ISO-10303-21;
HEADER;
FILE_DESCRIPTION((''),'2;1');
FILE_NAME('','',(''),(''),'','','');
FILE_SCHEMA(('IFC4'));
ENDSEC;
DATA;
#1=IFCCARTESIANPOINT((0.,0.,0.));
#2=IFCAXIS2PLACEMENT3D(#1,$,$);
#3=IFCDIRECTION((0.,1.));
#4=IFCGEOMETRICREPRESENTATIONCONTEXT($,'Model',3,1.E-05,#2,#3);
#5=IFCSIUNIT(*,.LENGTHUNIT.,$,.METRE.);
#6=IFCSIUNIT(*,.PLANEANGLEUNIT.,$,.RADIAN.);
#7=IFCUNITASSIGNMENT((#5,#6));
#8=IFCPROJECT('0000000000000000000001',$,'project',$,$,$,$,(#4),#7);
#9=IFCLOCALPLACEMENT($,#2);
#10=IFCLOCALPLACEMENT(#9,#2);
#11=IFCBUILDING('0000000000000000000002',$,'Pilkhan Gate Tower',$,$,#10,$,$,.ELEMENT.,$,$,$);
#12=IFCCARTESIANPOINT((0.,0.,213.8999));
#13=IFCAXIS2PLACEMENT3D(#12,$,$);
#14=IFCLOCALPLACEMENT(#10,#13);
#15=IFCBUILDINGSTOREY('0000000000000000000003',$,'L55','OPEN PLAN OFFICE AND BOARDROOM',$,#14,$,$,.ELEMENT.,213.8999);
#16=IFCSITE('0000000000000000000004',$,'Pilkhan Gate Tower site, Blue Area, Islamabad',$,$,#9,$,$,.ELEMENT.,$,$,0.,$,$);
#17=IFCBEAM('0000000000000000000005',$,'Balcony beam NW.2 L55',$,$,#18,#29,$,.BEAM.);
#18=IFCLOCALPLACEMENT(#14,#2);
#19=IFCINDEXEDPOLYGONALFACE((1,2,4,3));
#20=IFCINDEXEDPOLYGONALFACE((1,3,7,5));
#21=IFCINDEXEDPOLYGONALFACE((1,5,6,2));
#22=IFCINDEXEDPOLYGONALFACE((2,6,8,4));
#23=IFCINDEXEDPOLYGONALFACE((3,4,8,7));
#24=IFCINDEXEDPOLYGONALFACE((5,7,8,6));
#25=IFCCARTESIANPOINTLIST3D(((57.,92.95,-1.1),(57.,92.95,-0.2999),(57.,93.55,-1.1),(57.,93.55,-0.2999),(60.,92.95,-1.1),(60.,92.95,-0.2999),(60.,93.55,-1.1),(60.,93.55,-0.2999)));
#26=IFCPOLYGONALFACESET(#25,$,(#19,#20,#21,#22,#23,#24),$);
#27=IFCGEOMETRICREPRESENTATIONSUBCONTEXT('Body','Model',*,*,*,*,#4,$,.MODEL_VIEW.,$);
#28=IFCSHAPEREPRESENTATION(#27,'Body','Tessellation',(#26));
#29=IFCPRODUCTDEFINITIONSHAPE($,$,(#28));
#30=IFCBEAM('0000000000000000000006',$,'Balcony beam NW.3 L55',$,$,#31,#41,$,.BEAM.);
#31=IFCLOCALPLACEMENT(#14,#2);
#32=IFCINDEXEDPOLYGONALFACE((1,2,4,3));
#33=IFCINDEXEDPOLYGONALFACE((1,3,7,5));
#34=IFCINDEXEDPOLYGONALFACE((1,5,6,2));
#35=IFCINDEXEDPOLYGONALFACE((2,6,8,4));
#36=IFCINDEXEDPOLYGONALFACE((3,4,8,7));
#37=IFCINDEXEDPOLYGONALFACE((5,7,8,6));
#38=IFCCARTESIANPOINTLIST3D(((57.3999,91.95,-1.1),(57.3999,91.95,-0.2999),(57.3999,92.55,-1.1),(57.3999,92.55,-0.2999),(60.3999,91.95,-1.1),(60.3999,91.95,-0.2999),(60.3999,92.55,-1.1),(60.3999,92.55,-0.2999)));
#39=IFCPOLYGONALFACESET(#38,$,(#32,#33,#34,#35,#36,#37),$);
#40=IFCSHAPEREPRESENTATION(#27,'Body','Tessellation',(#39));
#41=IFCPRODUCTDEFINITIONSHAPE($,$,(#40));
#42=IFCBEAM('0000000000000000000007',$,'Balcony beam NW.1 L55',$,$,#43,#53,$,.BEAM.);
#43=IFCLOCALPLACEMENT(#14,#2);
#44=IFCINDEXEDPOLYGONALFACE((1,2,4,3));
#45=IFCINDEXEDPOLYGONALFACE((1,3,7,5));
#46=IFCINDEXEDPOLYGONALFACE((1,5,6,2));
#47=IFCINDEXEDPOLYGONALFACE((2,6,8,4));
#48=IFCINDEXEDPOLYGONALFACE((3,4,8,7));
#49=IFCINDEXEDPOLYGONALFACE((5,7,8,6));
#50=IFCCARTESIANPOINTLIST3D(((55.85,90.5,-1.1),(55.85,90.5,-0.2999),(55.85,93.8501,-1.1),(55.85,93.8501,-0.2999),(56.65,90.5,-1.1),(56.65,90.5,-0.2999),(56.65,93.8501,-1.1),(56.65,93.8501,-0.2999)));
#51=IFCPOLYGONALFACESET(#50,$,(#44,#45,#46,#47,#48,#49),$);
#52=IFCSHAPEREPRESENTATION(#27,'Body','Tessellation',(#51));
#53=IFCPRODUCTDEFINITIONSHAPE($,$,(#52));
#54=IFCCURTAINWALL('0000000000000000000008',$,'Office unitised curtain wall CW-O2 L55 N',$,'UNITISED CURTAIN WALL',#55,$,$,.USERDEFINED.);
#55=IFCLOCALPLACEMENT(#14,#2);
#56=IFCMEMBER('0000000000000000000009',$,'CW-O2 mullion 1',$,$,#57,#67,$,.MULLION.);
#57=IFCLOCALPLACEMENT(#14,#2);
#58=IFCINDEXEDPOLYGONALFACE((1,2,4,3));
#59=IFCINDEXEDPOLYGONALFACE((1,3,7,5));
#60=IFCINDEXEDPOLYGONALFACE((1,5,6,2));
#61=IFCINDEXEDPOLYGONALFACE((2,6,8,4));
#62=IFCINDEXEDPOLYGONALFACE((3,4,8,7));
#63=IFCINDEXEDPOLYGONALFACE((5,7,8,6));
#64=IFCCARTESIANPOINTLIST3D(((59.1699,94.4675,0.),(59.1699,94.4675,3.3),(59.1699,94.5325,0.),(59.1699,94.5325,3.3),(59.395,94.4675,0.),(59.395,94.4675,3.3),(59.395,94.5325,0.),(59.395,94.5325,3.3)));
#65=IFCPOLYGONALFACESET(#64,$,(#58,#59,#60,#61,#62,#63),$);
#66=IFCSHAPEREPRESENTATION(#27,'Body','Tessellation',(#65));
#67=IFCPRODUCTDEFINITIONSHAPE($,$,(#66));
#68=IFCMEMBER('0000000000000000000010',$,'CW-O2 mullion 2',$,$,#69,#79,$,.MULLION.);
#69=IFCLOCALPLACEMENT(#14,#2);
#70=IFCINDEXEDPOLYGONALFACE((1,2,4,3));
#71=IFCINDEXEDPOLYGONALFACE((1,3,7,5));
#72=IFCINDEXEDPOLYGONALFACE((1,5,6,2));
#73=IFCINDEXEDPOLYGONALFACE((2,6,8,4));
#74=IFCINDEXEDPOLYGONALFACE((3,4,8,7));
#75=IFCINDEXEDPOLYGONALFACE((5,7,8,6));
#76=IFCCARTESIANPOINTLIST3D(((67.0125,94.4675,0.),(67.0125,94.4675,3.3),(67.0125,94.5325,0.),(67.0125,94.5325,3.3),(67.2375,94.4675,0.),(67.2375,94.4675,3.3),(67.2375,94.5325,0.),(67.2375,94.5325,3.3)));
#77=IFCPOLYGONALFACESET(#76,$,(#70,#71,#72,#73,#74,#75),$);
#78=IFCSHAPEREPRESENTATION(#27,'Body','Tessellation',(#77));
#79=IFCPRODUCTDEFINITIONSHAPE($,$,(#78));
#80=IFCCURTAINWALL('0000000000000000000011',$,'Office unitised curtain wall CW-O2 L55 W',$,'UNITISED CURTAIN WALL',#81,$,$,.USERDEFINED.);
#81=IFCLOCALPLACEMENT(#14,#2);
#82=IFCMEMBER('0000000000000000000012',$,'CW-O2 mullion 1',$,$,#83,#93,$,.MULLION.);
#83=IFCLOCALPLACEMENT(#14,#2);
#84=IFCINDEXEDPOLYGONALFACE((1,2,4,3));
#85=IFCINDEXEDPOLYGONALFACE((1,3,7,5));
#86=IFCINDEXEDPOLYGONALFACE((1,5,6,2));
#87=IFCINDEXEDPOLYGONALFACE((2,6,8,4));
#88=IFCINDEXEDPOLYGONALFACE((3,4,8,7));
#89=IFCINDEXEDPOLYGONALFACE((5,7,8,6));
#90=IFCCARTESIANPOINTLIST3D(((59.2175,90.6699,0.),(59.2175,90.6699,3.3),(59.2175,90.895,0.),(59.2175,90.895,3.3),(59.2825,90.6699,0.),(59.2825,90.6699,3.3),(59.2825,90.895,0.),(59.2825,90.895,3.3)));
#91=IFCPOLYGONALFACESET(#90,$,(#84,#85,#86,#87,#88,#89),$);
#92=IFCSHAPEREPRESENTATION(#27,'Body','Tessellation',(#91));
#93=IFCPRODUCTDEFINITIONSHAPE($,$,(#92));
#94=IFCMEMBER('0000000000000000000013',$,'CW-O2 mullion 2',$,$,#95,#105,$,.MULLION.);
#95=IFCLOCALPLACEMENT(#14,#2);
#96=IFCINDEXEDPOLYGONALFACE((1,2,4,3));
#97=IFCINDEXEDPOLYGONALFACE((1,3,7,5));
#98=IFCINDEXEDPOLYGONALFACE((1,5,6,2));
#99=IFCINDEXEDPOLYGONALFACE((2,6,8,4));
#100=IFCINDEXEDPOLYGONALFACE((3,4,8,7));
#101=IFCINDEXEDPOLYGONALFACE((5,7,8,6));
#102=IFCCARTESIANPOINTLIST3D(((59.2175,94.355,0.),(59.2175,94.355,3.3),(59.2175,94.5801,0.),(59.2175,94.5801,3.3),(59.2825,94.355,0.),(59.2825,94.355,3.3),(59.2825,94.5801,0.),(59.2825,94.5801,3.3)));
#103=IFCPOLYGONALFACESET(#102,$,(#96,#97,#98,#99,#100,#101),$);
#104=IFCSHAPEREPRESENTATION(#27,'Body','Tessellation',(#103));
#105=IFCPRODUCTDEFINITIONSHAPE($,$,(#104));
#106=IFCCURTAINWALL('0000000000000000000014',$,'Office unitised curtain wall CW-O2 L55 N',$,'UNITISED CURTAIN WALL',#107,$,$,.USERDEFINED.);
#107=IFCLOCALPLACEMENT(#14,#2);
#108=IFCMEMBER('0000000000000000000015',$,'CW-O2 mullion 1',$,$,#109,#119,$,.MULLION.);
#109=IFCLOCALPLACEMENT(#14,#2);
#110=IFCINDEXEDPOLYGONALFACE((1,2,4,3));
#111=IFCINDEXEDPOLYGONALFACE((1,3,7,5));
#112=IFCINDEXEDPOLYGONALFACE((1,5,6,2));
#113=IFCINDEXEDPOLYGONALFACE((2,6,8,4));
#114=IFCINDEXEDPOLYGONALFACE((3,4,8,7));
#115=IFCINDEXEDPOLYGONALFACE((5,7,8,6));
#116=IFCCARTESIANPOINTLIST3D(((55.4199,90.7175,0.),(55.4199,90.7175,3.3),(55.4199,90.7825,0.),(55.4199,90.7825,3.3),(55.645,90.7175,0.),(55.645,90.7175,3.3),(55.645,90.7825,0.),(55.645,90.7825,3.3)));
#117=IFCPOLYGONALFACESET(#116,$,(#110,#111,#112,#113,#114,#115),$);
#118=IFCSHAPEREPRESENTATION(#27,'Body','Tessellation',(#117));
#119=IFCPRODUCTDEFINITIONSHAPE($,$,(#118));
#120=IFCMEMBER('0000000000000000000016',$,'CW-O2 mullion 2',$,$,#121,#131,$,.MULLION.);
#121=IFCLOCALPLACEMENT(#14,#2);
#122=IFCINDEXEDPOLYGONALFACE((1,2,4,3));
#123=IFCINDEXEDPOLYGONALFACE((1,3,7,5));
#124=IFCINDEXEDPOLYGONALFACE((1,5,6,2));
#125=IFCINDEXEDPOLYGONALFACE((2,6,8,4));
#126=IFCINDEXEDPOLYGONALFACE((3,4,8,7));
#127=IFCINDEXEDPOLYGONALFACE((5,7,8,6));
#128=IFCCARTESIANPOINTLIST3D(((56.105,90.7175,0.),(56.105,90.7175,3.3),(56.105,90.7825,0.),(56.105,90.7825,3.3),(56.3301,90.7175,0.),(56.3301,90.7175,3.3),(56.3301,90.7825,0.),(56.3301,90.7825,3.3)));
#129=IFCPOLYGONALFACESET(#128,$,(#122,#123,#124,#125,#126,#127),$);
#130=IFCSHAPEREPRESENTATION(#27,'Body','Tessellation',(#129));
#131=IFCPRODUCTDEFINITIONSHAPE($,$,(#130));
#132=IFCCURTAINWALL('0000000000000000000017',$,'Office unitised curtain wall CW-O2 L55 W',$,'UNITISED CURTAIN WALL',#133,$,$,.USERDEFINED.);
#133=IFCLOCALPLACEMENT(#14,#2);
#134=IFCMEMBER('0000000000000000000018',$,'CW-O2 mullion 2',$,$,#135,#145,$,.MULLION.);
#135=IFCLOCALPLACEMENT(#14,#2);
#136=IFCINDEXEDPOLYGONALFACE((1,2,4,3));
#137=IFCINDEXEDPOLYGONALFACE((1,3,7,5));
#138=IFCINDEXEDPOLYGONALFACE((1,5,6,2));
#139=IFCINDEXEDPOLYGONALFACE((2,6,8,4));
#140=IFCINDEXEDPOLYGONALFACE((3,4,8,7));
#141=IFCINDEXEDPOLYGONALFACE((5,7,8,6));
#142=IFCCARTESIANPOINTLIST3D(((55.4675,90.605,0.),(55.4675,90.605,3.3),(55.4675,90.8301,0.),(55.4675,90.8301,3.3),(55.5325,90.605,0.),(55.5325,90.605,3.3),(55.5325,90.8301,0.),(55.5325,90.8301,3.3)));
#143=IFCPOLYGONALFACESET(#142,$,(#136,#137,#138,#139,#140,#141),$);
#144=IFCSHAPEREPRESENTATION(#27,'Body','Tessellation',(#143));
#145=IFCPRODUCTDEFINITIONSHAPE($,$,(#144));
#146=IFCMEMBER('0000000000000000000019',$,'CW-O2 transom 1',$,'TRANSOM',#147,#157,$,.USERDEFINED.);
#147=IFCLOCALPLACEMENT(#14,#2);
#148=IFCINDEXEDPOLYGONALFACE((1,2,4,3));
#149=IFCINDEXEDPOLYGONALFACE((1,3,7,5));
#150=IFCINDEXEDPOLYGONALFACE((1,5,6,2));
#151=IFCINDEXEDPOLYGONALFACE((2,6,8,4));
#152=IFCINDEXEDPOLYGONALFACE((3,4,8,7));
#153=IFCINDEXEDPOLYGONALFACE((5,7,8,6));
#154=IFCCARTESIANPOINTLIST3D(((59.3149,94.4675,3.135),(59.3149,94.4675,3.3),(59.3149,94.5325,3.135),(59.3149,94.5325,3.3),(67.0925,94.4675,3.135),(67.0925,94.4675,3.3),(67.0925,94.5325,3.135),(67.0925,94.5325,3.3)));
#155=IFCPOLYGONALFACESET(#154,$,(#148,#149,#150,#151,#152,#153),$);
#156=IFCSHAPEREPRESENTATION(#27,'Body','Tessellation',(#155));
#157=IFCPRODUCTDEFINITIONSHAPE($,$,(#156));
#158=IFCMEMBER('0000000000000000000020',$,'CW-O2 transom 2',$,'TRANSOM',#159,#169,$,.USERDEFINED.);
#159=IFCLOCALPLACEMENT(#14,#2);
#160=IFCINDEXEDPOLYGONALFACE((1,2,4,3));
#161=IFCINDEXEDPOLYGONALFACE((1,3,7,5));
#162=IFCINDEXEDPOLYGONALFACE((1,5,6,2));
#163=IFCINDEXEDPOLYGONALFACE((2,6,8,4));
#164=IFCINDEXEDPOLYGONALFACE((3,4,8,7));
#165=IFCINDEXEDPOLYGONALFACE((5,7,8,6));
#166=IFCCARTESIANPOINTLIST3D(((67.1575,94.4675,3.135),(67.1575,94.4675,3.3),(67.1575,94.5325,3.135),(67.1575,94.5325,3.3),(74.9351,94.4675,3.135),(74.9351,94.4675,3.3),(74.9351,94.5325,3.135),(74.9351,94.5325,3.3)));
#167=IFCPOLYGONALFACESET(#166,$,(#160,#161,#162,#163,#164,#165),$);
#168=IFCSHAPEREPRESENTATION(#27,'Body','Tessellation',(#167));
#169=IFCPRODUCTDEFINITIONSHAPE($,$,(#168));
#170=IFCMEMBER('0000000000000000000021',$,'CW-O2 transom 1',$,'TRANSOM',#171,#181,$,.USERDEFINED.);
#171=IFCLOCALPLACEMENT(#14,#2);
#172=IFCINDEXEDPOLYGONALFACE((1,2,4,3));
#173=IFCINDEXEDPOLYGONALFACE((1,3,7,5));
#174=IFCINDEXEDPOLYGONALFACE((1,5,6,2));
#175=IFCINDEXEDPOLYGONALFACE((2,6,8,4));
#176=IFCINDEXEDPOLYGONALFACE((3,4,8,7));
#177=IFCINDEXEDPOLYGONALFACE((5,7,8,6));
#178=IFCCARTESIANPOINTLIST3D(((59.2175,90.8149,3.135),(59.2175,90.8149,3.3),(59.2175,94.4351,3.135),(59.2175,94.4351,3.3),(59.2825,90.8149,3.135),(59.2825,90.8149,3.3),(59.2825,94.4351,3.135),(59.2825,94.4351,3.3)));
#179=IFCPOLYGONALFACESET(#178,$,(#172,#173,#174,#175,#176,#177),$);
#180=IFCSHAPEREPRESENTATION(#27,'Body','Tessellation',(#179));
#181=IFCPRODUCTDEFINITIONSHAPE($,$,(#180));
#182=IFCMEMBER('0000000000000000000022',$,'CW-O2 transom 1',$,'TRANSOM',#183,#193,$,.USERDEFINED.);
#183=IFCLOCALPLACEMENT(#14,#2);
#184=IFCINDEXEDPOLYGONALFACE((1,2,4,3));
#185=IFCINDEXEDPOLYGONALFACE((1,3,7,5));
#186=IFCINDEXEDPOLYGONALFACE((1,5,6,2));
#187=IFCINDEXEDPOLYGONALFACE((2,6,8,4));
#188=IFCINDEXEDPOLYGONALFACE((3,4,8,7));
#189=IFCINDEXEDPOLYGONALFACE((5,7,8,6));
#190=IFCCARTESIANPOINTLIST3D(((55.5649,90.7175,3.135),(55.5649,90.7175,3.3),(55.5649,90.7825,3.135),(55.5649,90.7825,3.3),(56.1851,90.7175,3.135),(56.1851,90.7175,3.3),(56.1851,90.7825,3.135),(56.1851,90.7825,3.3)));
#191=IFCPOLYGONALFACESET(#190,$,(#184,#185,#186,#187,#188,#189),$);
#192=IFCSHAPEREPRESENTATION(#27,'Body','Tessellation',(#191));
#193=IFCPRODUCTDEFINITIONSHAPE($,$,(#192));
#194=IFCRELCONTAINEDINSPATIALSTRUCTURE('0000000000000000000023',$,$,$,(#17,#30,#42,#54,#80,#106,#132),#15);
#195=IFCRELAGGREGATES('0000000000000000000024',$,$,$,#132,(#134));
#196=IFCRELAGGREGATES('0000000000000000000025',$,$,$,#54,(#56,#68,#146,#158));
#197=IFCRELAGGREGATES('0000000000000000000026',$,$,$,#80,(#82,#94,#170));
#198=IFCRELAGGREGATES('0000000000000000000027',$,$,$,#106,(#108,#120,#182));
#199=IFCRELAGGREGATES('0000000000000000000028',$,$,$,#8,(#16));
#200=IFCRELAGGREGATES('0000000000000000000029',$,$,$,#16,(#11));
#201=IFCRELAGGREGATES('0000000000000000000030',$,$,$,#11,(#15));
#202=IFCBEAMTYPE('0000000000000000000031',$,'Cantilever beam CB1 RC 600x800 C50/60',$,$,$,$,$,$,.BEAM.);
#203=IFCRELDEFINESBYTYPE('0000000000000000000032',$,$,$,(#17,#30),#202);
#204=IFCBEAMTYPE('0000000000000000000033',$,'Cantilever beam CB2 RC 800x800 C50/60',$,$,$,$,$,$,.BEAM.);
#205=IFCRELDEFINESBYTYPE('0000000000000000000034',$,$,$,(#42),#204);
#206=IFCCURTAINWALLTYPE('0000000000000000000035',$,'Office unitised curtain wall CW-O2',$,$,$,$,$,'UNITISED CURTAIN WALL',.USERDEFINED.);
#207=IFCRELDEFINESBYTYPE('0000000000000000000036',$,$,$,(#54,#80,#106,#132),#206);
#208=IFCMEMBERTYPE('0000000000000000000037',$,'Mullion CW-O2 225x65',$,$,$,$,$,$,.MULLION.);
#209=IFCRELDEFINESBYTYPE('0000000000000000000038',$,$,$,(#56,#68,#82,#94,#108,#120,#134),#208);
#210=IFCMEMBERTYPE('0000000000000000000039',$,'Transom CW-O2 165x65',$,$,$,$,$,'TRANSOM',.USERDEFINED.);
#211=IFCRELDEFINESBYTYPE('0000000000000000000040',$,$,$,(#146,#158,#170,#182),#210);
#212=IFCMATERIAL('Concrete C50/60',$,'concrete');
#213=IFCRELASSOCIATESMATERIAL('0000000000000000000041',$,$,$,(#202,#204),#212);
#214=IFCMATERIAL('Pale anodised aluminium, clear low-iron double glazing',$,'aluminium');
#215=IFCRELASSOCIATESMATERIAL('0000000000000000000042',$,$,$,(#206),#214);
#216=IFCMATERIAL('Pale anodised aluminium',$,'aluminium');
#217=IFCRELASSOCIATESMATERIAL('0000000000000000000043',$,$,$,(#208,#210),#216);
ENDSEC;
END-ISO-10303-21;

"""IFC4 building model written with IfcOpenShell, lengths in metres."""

from ifc_helpers import new_model, si_unit, direction, frame, origin, origin_2d, place, context, subcontext, project, spatial, rectangle, extrude, material, material_profile, profile_set, type_object, element, aggregate, save


model = new_model("IFC4")

# Units and contexts
model_context = context("Model", 3, precision=1e-05, world=origin(), true_north=direction((0.0, 1.0)))
body_context = subcontext(model_context, "Body", "Model", "MODEL_VIEW")
ifc_project = project(units=[si_unit("LENGTHUNIT", "METRE"), si_unit("PLANEANGLEUNIT", "RADIAN")], contexts=[model_context])

# Site, building, storey
site_placement = place(None, origin())
site = spatial("IfcSite", under=ifc_project, at=site_placement, Name="Pilkhan Gate Tower site, Blue Area, Islamabad", CompositionType="ELEMENT", RefElevation=0.0)
building_placement = place(site_placement, origin())
building = spatial("IfcBuilding", under=site, at=building_placement, Name="Pilkhan Gate Tower", CompositionType="ELEMENT")
storey_placement = place(building_placement, frame((0.0, 0.0, 213.8999)))
storey = spatial("IfcBuildingStorey", under=building, at=storey_placement, Name="L55", Description="OPEN PLAN OFFICE AND BOARDROOM", CompositionType="ELEMENT", Elevation=213.8999)

# Beams
ifc_material_1 = material(Name="Concrete C50/60", Category="concrete")
ifc_material_profile_1 = material_profile(ifc_material_1, rectangle(XDim=0.6001, YDim=0.8, at=origin_2d()), Name="RC 600x800")
ifc_profile_set_1 = profile_set([ifc_material_profile_1], Name="Concrete C50/60")
beam_type_1 = type_object("IfcBeamType", Name="Cantilever beam CB1 RC 600x800 C50/60", PredefinedType="BEAM", material=ifc_profile_set_1)
for number, where, z_axis, x_axis, name in (
    (1, (60.0, 93.25, -0.7), (-1.0, 0.0, 0.0), (0.0, -1.0, 0.0), "Balcony beam NW.2 L55"),
    (2, (60.3999, 92.25, -0.7), (-1.0, 0.0, 0.0), (0.0, -1.0, 0.0), "Balcony beam NW.3 L55"),
):
    element("IfcBeam", number, at=place(storey_placement, frame(where, z_axis=z_axis, x_axis=x_axis)), inside=storey, type_object=beam_type_1, Name=name, PredefinedType="BEAM", context=body_context, shape_type="SweptSolid", body=[
        extrude(rectangle(XDim=0.6001, YDim=0.8, at=origin_2d()), origin(), (0.0, 0.0, 1.0), 3.0),
    ])
ifc_material_profile_2 = material_profile(ifc_material_1, rectangle(XDim=0.8, YDim=0.8, at=origin_2d()), Name="RC 800x800")
ifc_profile_set_2 = profile_set([ifc_material_profile_2], Name="Concrete C50/60")
beam_type_2 = type_object("IfcBeamType", Name="Cantilever beam CB2 RC 800x800 C50/60", PredefinedType="BEAM", material=ifc_profile_set_2)
beam_placement = place(storey_placement, frame((56.25, 90.5, -0.7), z_axis=(0.0, 1.0, 0.0), x_axis=(-1.0, 0.0, 0.0)))
element("IfcBeam", 3, at=beam_placement, inside=storey, type_object=beam_type_2, Name="Balcony beam NW.1 L55", PredefinedType="BEAM", context=body_context, shape_type="SweptSolid", body=[
    extrude(rectangle(XDim=0.8, YDim=0.8, at=origin_2d()), origin(), (0.0, 0.0, 1.0), 3.3501),
])

# Curtain walls, members
ifc_material_2 = material(Name="Pale anodised aluminium, clear low-iron double glazing", Category="aluminium")
curtain_wall_type = type_object("IfcCurtainWallType", Name="Office unitised curtain wall CW-O2", ElementType="UNITISED CURTAIN WALL", PredefinedType="USERDEFINED", material=ifc_material_2)
curtain_wall_1_placement = place(storey_placement, origin())
curtain_wall_1 = element("IfcCurtainWall", 4, at=curtain_wall_1_placement, inside=storey, type_object=curtain_wall_type, Name="Office unitised curtain wall CW-O2 L55 N", ObjectType="UNITISED CURTAIN WALL", PredefinedType="USERDEFINED")
ifc_material_3 = material(Name="Pale anodised aluminium", Category="aluminium")
ifc_material_profile_3 = material_profile(ifc_material_3, rectangle(XDim=0.0649, YDim=0.2251, at=origin_2d()), Name="Mullion 225x65")
ifc_profile_set_3 = profile_set([ifc_material_profile_3], Name="Pale anodised aluminium")
member_type_1 = type_object("IfcMemberType", Name="Mullion CW-O2 225x65", PredefinedType="MULLION", material=ifc_profile_set_3)
member_1_placement = place(storey_placement, frame((59.2825, 94.5, 0.0), z_axis=(0.0, 0.0, 1.0), x_axis=(0.0, 1.0, 0.0)))
member_1 = element("IfcMember", 5, at=member_1_placement, type_object=member_type_1, Name="CW-O2 mullion 1", PredefinedType="MULLION", context=body_context, shape_type="SweptSolid", body=[
    extrude(rectangle(XDim=0.0649, YDim=0.2251, at=origin_2d()), origin(), (0.0, 0.0, 1.0), 3.3),
])
member_2_placement = place(storey_placement, frame((67.125, 94.5, 0.0), z_axis=(0.0, 0.0, 1.0), x_axis=(0.0, 1.0, 0.0)))
member_2 = element("IfcMember", 6, at=member_2_placement, type_object=member_type_1, Name="CW-O2 mullion 2", PredefinedType="MULLION", context=body_context, shape_type="SweptSolid", body=[
    extrude(rectangle(XDim=0.0649, YDim=0.2251, at=origin_2d()), origin(), (0.0, 0.0, 1.0), 3.3),
])
curtain_wall_2_placement = place(storey_placement, origin())
curtain_wall_2 = element("IfcCurtainWall", 7, at=curtain_wall_2_placement, inside=storey, type_object=curtain_wall_type, Name="Office unitised curtain wall CW-O2 L55 W", ObjectType="UNITISED CURTAIN WALL", PredefinedType="USERDEFINED")
member_3_placement = place(storey_placement, frame((59.25, 90.7825, 0.0), z_axis=(0.0, 0.0, 1.0), x_axis=(-1.0, 0.0, 0.0)))
member_3 = element("IfcMember", 8, at=member_3_placement, type_object=member_type_1, Name="CW-O2 mullion 1", PredefinedType="MULLION", context=body_context, shape_type="SweptSolid", body=[
    extrude(rectangle(XDim=0.0649, YDim=0.2251, at=origin_2d()), origin(), (0.0, 0.0, 1.0), 3.3),
])
member_4_placement = place(storey_placement, frame((59.25, 94.4675, 0.0), z_axis=(0.0, 0.0, 1.0), x_axis=(-1.0, 0.0, 0.0)))
member_4 = element("IfcMember", 9, at=member_4_placement, type_object=member_type_1, Name="CW-O2 mullion 2", PredefinedType="MULLION", context=body_context, shape_type="SweptSolid", body=[
    extrude(rectangle(XDim=0.0649, YDim=0.2251, at=origin_2d()), origin(), (0.0, 0.0, 1.0), 3.3),
])
curtain_wall_3_placement = place(storey_placement, origin())
curtain_wall_3 = element("IfcCurtainWall", 10, at=curtain_wall_3_placement, inside=storey, type_object=curtain_wall_type, Name="Office unitised curtain wall CW-O2 L55 N", ObjectType="UNITISED CURTAIN WALL", PredefinedType="USERDEFINED")
member_5_placement = place(storey_placement, frame((55.5325, 90.75, 0.0), z_axis=(0.0, 0.0, 1.0), x_axis=(0.0, 1.0, 0.0)))
member_5 = element("IfcMember", 11, at=member_5_placement, type_object=member_type_1, Name="CW-O2 mullion 1", PredefinedType="MULLION", context=body_context, shape_type="SweptSolid", body=[
    extrude(rectangle(XDim=0.0649, YDim=0.2251, at=origin_2d()), origin(), (0.0, 0.0, 1.0), 3.3),
])
member_6_placement = place(storey_placement, frame((56.2175, 90.75, 0.0), z_axis=(0.0, 0.0, 1.0), x_axis=(0.0, 1.0, 0.0)))
member_6 = element("IfcMember", 12, at=member_6_placement, type_object=member_type_1, Name="CW-O2 mullion 2", PredefinedType="MULLION", context=body_context, shape_type="SweptSolid", body=[
    extrude(rectangle(XDim=0.0649, YDim=0.2251, at=origin_2d()), origin(), (0.0, 0.0, 1.0), 3.3),
])

# Curtain wall, member
curtain_wall_4_placement = place(storey_placement, origin())
curtain_wall_4 = element("IfcCurtainWall", 13, at=curtain_wall_4_placement, inside=storey, type_object=curtain_wall_type, Name="Office unitised curtain wall CW-O2 L55 W", ObjectType="UNITISED CURTAIN WALL", PredefinedType="USERDEFINED")
member_7_placement = place(storey_placement, frame((55.5, 90.7175, 0.0), z_axis=(0.0, 0.0, 1.0), x_axis=(-1.0, 0.0, 0.0)))
member_7 = element("IfcMember", 14, at=member_7_placement, type_object=member_type_1, Name="CW-O2 mullion 2", PredefinedType="MULLION", context=body_context, shape_type="SweptSolid", body=[
    extrude(rectangle(XDim=0.0649, YDim=0.2251, at=origin_2d()), origin(), (0.0, 0.0, 1.0), 3.3),
])
aggregate(curtain_wall_4, [member_7])

# Members
ifc_material_profile_4 = material_profile(ifc_material_3, rectangle(XDim=0.0649, YDim=0.165, at=origin_2d()), Name="Transom 165x65")
ifc_profile_set_4 = profile_set([ifc_material_profile_4], Name="Pale anodised aluminium")
member_type_2 = type_object("IfcMemberType", Name="Transom CW-O2 165x65", ElementType="TRANSOM", PredefinedType="USERDEFINED", material=ifc_profile_set_4)
member_8_placement = place(storey_placement, frame((59.3149, 94.5, 3.2175), z_axis=(1.0, 0.0, 0.0), x_axis=(0.0, 1.0, 0.0)))
member_8 = element("IfcMember", 15, at=member_8_placement, type_object=member_type_2, Name="CW-O2 transom 1", ObjectType="TRANSOM", PredefinedType="USERDEFINED", context=body_context, shape_type="SweptSolid", body=[
    extrude(rectangle(XDim=0.0649, YDim=0.165, at=origin_2d()), origin(), (0.0, 0.0, 1.0), 7.7776),
])
member_9_placement = place(storey_placement, frame((67.1575, 94.5, 3.2175), z_axis=(1.0, 0.0, 0.0), x_axis=(0.0, 1.0, 0.0)))
member_9 = element("IfcMember", 16, at=member_9_placement, type_object=member_type_2, Name="CW-O2 transom 2", ObjectType="TRANSOM", PredefinedType="USERDEFINED", context=body_context, shape_type="SweptSolid", body=[
    extrude(rectangle(XDim=0.0649, YDim=0.165, at=origin_2d()), origin(), (0.0, 0.0, 1.0), 7.7776),
])
member_10_placement = place(storey_placement, frame((59.25, 90.8149, 3.2175), z_axis=(0.0, 1.0, 0.0), x_axis=(-1.0, 0.0, 0.0)))
member_10 = element("IfcMember", 17, at=member_10_placement, type_object=member_type_2, Name="CW-O2 transom 1", ObjectType="TRANSOM", PredefinedType="USERDEFINED", context=body_context, shape_type="SweptSolid", body=[
    extrude(rectangle(XDim=0.0649, YDim=0.165, at=origin_2d()), origin(), (0.0, 0.0, 1.0), 3.6201),
])
member_11_placement = place(storey_placement, frame((55.5649, 90.75, 3.2175), z_axis=(1.0, 0.0, 0.0), x_axis=(0.0, 1.0, 0.0)))
member_11 = element("IfcMember", 18, at=member_11_placement, type_object=member_type_2, Name="CW-O2 transom 1", ObjectType="TRANSOM", PredefinedType="USERDEFINED", context=body_context, shape_type="SweptSolid", body=[
    extrude(rectangle(XDim=0.0649, YDim=0.165, at=origin_2d()), origin(), (0.0, 0.0, 1.0), 0.6201),
])

aggregate(curtain_wall_1, [member_1, member_2, member_8, member_9])
aggregate(curtain_wall_2, [member_3, member_4, member_10])
aggregate(curtain_wall_3, [member_5, member_6, member_11])

save(model, "model.ifc")
